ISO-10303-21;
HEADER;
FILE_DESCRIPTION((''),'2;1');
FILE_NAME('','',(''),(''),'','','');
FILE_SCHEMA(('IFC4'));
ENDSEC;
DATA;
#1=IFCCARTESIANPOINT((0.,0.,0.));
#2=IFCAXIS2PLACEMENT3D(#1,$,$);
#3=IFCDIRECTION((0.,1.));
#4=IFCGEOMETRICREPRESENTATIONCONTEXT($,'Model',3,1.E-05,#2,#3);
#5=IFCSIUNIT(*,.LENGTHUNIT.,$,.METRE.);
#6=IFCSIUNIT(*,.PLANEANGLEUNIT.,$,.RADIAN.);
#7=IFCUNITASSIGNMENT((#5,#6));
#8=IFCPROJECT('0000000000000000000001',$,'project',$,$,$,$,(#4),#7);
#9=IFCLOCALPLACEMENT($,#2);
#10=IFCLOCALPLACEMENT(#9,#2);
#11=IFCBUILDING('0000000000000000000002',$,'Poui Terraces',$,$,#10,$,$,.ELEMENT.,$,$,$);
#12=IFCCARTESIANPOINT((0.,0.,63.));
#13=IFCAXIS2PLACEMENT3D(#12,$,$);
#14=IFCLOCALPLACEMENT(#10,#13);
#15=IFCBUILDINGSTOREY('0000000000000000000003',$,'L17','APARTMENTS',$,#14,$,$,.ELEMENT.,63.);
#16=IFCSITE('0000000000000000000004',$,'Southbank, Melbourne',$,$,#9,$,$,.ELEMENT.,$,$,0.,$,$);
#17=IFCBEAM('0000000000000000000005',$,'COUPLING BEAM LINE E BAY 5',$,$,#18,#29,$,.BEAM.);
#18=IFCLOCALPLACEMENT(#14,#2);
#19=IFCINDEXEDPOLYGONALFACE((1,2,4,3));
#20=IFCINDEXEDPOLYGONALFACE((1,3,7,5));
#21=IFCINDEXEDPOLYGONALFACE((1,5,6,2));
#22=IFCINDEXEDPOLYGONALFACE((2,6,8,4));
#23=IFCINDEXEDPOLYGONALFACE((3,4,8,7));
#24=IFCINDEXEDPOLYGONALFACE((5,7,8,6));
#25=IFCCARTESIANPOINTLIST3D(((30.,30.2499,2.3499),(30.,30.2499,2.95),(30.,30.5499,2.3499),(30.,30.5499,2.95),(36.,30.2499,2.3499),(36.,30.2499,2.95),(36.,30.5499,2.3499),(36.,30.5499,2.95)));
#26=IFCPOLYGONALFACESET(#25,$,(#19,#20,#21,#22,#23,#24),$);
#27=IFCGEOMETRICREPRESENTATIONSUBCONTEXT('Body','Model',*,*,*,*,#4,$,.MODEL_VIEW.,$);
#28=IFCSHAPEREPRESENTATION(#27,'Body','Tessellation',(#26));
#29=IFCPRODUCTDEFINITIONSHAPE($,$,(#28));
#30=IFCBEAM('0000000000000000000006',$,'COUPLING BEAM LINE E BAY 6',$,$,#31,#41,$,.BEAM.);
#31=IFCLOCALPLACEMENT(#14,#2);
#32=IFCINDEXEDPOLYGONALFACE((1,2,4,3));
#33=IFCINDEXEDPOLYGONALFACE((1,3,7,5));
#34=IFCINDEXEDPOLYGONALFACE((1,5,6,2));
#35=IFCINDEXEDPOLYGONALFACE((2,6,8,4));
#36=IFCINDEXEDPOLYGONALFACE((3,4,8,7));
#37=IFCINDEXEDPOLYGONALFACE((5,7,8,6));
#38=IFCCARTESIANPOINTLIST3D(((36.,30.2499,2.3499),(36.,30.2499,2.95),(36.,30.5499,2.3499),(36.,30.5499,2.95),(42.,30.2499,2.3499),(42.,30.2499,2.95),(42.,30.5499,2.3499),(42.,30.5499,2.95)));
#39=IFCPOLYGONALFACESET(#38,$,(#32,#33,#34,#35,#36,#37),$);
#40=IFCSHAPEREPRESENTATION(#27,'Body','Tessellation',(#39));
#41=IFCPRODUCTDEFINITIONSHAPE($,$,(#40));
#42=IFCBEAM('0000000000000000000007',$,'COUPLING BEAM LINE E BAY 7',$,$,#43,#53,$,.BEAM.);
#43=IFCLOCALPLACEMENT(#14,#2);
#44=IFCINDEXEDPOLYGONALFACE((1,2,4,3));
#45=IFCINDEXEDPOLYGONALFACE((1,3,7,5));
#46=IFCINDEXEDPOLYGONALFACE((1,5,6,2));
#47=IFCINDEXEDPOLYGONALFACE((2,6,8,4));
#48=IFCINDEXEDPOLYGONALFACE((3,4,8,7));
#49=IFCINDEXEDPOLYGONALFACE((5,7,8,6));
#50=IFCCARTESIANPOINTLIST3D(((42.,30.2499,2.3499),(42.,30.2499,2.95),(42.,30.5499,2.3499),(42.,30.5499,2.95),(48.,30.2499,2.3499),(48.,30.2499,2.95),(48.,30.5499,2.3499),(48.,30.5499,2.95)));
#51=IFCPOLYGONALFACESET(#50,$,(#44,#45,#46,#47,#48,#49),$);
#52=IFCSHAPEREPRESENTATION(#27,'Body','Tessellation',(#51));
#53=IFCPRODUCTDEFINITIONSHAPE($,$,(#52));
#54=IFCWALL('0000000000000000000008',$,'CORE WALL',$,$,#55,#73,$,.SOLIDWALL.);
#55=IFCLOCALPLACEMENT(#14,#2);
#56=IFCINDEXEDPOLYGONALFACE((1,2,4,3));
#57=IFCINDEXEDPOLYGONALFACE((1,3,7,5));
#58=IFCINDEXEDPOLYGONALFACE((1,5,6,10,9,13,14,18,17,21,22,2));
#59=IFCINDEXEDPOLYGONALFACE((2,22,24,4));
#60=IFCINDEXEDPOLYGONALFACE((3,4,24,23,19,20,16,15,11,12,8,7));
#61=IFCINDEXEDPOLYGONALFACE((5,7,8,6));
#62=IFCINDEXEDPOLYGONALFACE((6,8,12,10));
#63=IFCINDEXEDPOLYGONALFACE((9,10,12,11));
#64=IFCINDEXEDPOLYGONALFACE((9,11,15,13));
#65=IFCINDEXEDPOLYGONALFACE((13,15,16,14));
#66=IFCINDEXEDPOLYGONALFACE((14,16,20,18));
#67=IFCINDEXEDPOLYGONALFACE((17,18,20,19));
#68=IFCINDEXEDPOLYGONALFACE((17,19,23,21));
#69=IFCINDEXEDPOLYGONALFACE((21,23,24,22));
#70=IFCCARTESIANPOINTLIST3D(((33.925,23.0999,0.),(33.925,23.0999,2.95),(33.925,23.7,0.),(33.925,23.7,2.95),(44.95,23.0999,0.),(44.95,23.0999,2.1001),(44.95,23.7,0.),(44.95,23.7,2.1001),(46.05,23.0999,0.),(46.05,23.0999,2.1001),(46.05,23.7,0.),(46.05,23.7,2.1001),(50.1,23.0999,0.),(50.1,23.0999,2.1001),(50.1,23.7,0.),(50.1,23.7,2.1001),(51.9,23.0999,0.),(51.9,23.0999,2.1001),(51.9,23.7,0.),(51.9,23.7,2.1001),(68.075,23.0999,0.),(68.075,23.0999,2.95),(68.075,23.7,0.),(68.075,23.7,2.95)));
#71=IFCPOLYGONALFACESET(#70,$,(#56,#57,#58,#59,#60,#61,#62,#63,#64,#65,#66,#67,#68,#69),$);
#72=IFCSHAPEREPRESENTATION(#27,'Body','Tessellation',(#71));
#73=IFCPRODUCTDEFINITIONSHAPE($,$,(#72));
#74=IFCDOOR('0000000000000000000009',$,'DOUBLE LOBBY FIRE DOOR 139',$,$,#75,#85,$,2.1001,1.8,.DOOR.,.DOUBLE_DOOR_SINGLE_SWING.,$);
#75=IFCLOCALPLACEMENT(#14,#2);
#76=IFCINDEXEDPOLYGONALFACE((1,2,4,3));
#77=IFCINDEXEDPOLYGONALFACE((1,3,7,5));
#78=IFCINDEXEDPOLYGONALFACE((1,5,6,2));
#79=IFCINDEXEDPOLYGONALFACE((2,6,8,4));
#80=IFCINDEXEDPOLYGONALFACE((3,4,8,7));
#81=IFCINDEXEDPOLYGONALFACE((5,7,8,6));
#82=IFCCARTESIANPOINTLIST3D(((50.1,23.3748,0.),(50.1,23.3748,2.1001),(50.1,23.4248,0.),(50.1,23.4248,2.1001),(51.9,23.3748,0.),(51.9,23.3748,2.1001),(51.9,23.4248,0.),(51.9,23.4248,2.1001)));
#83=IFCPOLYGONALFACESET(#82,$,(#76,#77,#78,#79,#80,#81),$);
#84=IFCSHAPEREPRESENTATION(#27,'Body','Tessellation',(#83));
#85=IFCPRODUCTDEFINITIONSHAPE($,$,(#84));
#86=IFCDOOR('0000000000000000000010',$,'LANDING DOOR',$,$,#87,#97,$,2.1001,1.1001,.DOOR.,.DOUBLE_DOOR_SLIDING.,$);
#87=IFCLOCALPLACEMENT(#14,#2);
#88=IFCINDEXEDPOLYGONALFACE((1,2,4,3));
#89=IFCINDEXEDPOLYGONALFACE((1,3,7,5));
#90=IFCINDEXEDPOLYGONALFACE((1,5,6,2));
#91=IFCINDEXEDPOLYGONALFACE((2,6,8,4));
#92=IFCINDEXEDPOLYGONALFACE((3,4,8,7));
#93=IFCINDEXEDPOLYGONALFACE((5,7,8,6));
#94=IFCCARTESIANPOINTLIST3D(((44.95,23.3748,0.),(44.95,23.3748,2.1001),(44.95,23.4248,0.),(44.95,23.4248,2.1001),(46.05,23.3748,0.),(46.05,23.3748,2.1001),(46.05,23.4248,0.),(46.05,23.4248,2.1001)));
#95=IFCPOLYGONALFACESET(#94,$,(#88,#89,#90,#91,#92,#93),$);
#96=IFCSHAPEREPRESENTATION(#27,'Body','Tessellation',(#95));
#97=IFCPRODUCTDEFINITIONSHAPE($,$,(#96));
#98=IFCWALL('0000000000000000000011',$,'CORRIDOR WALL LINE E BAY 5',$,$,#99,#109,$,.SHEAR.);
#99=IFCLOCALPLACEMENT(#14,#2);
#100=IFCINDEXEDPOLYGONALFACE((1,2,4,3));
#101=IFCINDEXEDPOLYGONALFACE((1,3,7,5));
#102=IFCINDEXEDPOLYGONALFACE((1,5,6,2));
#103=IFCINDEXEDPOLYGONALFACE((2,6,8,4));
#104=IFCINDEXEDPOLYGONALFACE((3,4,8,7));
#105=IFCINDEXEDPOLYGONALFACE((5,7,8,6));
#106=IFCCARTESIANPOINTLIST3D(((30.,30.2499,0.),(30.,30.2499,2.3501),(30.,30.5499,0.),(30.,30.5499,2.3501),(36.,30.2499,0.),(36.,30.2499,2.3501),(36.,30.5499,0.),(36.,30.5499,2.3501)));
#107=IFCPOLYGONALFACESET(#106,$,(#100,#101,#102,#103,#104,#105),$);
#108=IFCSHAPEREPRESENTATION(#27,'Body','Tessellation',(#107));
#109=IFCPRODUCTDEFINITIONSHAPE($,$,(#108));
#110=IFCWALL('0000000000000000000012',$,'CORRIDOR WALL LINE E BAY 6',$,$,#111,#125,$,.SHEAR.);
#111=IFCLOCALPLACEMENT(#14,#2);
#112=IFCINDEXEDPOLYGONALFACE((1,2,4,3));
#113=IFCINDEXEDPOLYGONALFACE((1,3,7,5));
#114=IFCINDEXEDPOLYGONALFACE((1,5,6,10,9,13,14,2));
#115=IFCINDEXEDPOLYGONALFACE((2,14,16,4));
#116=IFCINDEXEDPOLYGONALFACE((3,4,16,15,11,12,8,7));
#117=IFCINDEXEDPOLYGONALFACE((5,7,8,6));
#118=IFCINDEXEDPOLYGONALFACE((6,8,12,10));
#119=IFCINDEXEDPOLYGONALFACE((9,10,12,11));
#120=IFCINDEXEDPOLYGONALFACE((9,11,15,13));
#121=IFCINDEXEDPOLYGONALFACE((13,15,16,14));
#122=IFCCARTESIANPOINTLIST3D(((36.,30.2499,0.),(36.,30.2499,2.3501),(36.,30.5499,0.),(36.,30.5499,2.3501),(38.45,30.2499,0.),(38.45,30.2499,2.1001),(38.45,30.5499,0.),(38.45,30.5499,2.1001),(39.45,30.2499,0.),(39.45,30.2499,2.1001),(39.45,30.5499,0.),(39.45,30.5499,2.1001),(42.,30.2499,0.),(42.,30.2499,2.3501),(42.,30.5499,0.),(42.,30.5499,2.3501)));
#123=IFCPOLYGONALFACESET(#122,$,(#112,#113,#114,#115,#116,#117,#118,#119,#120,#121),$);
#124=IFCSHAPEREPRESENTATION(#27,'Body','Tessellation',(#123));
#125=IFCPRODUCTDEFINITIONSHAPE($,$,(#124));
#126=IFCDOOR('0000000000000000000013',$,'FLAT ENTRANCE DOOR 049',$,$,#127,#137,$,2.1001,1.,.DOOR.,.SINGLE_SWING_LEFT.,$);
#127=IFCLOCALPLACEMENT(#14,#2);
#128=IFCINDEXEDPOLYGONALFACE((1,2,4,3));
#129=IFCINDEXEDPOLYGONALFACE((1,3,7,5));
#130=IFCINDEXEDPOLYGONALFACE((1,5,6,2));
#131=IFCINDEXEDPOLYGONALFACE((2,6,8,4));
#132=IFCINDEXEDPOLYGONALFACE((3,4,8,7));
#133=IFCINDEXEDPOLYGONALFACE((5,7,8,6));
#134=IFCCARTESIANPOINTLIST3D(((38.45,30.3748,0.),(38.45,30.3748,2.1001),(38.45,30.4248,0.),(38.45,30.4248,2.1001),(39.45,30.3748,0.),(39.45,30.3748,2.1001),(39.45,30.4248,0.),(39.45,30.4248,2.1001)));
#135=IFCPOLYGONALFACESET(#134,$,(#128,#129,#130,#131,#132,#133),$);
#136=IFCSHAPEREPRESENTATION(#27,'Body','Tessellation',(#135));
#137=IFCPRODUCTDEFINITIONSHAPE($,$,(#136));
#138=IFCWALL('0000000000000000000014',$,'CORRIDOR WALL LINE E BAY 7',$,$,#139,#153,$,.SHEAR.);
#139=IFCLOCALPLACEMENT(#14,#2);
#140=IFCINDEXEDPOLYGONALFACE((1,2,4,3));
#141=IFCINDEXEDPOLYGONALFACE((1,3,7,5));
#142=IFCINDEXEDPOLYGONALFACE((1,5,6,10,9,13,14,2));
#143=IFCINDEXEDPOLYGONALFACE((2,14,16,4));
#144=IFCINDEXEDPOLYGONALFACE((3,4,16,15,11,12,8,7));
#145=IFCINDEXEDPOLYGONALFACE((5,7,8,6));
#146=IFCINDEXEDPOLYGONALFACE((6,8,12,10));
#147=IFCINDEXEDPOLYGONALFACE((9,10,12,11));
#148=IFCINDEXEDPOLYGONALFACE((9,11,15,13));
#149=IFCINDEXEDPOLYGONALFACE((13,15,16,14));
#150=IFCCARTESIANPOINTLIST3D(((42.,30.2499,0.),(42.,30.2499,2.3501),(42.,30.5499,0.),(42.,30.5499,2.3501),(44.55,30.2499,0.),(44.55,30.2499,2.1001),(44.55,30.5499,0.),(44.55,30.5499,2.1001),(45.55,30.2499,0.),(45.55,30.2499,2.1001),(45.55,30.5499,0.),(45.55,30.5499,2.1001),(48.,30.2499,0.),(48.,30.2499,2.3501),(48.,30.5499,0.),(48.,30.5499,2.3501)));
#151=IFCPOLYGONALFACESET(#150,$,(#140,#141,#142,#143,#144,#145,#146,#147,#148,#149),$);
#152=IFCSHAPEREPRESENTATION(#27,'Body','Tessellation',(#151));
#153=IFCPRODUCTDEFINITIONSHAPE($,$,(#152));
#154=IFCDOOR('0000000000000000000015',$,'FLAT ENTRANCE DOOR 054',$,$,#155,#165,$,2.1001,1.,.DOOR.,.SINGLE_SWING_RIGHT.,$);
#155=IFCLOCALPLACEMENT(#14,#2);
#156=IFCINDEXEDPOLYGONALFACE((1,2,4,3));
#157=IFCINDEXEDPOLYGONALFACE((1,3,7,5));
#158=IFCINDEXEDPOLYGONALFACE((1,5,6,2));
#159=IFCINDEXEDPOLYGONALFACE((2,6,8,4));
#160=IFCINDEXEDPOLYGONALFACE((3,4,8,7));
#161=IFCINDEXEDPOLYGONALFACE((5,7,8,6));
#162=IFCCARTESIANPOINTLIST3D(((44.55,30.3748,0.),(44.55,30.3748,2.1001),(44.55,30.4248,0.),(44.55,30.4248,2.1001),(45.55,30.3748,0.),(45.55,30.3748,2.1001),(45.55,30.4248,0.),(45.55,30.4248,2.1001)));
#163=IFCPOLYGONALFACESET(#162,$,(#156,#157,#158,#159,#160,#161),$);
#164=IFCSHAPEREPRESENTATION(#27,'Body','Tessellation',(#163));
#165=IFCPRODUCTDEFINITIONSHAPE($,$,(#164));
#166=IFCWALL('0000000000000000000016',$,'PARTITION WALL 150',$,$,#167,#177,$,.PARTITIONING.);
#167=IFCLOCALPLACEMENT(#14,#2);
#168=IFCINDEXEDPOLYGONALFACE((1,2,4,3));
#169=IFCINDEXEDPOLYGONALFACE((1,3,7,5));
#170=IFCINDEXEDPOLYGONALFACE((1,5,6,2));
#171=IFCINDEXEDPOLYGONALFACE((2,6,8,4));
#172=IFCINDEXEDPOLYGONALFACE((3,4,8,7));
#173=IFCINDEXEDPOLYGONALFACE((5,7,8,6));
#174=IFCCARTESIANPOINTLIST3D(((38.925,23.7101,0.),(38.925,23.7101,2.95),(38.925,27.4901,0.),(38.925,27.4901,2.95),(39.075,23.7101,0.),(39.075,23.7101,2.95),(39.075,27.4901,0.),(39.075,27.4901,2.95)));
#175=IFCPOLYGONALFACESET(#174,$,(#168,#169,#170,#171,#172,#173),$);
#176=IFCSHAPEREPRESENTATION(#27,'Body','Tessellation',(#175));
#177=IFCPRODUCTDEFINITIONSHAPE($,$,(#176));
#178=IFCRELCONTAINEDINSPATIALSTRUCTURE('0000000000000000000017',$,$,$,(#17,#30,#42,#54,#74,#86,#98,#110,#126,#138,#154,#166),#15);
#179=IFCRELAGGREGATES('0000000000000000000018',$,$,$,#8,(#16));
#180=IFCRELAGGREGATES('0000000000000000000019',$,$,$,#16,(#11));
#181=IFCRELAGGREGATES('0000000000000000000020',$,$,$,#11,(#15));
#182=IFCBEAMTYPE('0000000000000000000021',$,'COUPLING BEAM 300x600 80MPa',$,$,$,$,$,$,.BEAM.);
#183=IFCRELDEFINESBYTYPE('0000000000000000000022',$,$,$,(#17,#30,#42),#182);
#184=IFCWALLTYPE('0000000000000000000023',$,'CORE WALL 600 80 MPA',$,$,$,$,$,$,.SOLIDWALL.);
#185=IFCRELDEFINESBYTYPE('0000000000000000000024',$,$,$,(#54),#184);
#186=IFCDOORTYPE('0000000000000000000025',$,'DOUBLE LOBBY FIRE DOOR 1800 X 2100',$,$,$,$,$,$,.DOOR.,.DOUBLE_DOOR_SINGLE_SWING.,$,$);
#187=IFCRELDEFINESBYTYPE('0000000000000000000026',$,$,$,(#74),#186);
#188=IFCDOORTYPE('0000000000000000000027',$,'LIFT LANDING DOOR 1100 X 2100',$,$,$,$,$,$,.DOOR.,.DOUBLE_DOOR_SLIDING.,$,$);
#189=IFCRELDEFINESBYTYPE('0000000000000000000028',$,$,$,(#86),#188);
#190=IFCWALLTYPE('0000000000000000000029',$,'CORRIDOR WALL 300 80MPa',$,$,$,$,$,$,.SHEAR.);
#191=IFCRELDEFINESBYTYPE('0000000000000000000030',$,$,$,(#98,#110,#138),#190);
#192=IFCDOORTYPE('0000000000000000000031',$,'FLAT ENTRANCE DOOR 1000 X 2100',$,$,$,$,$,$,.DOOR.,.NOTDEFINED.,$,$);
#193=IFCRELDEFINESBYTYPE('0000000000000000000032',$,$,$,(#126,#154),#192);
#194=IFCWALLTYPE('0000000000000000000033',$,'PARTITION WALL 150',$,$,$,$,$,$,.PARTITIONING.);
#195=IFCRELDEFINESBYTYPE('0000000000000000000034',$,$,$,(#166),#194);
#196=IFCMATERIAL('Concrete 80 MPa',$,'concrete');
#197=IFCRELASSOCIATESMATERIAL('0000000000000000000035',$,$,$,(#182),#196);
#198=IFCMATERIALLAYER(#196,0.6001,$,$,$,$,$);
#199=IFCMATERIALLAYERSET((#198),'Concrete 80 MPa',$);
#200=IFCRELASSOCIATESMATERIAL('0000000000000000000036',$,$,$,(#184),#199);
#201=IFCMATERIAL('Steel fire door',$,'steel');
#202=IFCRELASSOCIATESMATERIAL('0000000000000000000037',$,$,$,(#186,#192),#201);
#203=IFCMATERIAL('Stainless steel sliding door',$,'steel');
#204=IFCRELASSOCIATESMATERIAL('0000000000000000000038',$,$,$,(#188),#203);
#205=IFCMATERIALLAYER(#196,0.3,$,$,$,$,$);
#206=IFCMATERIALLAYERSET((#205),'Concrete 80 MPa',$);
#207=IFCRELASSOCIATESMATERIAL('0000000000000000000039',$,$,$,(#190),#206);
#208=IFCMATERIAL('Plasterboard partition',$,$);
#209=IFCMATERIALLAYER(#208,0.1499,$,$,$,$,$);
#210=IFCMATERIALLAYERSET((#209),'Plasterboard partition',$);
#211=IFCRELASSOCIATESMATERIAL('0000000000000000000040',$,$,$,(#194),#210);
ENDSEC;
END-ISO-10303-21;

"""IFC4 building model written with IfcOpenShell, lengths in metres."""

from ifc_helpers import new_model, si_unit, direction, frame, frame_2d, origin, origin_2d, place, context, subcontext, project, spatial, rectangle, extrude, source, transform, mapped, material, layer, layer_set, material_profile, profile_set, type_object, element, fill, save


model = new_model("IFC4")

# Units and contexts
model_context = context("Model", 3, precision=1e-05, world=origin(), true_north=direction((0.0, 1.0)))
body_context = subcontext(model_context, "Body", "Model", "MODEL_VIEW")
ifc_project = project(units=[si_unit("LENGTHUNIT", "METRE"), si_unit("PLANEANGLEUNIT", "RADIAN")], contexts=[model_context])

# Site, building, storey
site_placement = place(None, origin())
site = spatial("IfcSite", under=ifc_project, at=site_placement, Name="Southbank, Melbourne", CompositionType="ELEMENT", RefElevation=0.0)
building_placement = place(site_placement, origin())
building = spatial("IfcBuilding", under=site, at=building_placement, Name="Poui Terraces", CompositionType="ELEMENT")
storey_placement = place(building_placement, frame((0.0, 0.0, 63.0)))
storey = spatial("IfcBuildingStorey", under=building, at=storey_placement, Name="L17", Description="APARTMENTS", CompositionType="ELEMENT", Elevation=63.0)

# Beams
ifc_material_1 = material(Name="Concrete 80 MPa", Category="concrete")
ifc_material_profile = material_profile(ifc_material_1, rectangle(XDim=0.3, YDim=0.6001, at=origin_2d()), Name="RC 300x600")
ifc_profile_set = profile_set([ifc_material_profile], Name="Concrete 80 MPa")
beam_type = type_object("IfcBeamType", Name="COUPLING BEAM 300x600 80MPa", PredefinedType="BEAM", material=ifc_profile_set)
shared_shape = source(origin(), body_context, "Body", "SweptSolid", [
    extrude(rectangle(XDim=0.3, YDim=0.6001, at=origin_2d()), origin(), (0.0, 0.0, 1.0), 6.0),
])
for number, where, z_axis, x_axis, name in (
    (1, (30.0, 30.3999, 2.6499), (1.0, 0.0, 0.0), (0.0, 1.0, 0.0), "COUPLING BEAM LINE E BAY 5"),
    (2, (36.0, 30.3999, 2.6499), (1.0, 0.0, 0.0), (0.0, 1.0, 0.0), "COUPLING BEAM LINE E BAY 6"),
    (3, (42.0, 30.3999, 2.6499), (1.0, 0.0, 0.0), (0.0, 1.0, 0.0), "COUPLING BEAM LINE E BAY 7"),
):
    element("IfcBeam", number, at=place(storey_placement, frame(where, z_axis=z_axis, x_axis=x_axis)), inside=storey, type_object=beam_type, Name=name, PredefinedType="BEAM", context=body_context, shape_type="MappedRepresentation", body=[
        mapped(shared_shape, transform((0.0, 0.0, 0.0))),
    ])

# Wall, openings, doors
ifc_layer_1 = layer(ifc_material_1, 0.6001)
ifc_layer_set_1 = layer_set([ifc_layer_1], Name="Concrete 80 MPa")
wall_type_1 = type_object("IfcWallType", Name="CORE WALL 600 80 MPA", PredefinedType="SOLIDWALL", material=ifc_layer_set_1)
wall_1_placement = place(storey_placement, frame((33.925, 23.3999, 0.0), z_axis=(0.0, 0.0, 1.0), x_axis=(1.0, 0.0, 0.0)))
wall_1 = element("IfcWall", 4, at=wall_1_placement, inside=storey, type_object=wall_type_1, Name="CORE WALL", PredefinedType="SOLIDWALL", context=body_context, shape_type="SweptSolid", body=[
    extrude(rectangle(XDim=34.1499, YDim=0.6001, at=frame_2d((17.075, 0.0))), origin(), (0.0, 0.0, 1.0), 2.95),
])
opening_1_placement = place(wall_1_placement, frame((16.175, 0.0, 0.0)))
opening_1 = element("IfcOpeningElement", 5, at=opening_1_placement, cuts=wall_1, PredefinedType="OPENING", context=body_context, shape_type="SweptSolid", body=[
    extrude(rectangle(XDim=1.8, YDim=2.1001, at=frame_2d((0.8999, 1.05))), frame((0.0, 0.3101, 0.0), z_axis=(0.0, -1.0, 0.0), x_axis=(1.0, 0.0, 0.0)), (0.0, 0.0, 1.0), 0.6201),
])
opening_2_placement = place(wall_1_placement, frame((11.0249, 0.0, 0.0)))
opening_2 = element("IfcOpeningElement", 6, at=opening_2_placement, cuts=wall_1, PredefinedType="OPENING", context=body_context, shape_type="SweptSolid", body=[
    extrude(rectangle(XDim=1.1001, YDim=2.1001, at=frame_2d((0.55, 1.05))), frame((0.0, 0.3101, 0.0), z_axis=(0.0, -1.0, 0.0), x_axis=(1.0, 0.0, 0.0)), (0.0, 0.0, 1.0), 0.6201),
])
ifc_material_2 = material(Name="Steel fire door", Category="steel")
door_type_1 = type_object("IfcDoorType", Name="DOUBLE LOBBY FIRE DOOR 1800 X 2100", OperationType="DOUBLE_DOOR_SINGLE_SWING", PredefinedType="DOOR", material=ifc_material_2)
door_1_placement = place(opening_1_placement, origin())
door_1 = element("IfcDoor", 7, at=door_1_placement, inside=storey, type_object=door_type_1, Name="DOUBLE LOBBY FIRE DOOR 139", OperationType="DOUBLE_DOOR_SINGLE_SWING", OverallHeight=2.1001, OverallWidth=1.8, PredefinedType="DOOR", context=body_context, shape_type="SweptSolid", body=[
    extrude(rectangle(XDim=1.8, YDim=2.1001, at=frame_2d((0.8999, 1.05))), frame((0.0, 0.0249, 0.0), z_axis=(0.0, -1.0, 0.0), x_axis=(1.0, 0.0, 0.0)), (0.0, 0.0, 1.0), 0.05),
])
fill(opening_1, door_1)
ifc_material_3 = material(Name="Stainless steel sliding door", Category="steel")
door_type_2 = type_object("IfcDoorType", Name="LIFT LANDING DOOR 1100 X 2100", OperationType="DOUBLE_DOOR_SLIDING", PredefinedType="DOOR", material=ifc_material_3)
door_2_placement = place(opening_2_placement, origin())
door_2 = element("IfcDoor", 8, at=door_2_placement, inside=storey, type_object=door_type_2, Name="LANDING DOOR", OperationType="DOUBLE_DOOR_SLIDING", OverallHeight=2.1001, OverallWidth=1.1001, PredefinedType="DOOR", context=body_context, shape_type="SweptSolid", body=[
    extrude(rectangle(XDim=1.1001, YDim=2.1001, at=frame_2d((0.55, 1.05))), frame((0.0, 0.0249, 0.0), z_axis=(0.0, -1.0, 0.0), x_axis=(1.0, 0.0, 0.0)), (0.0, 0.0, 1.0), 0.05),
])
fill(opening_2, door_2)

# Wall
ifc_layer_2 = layer(ifc_material_1, 0.3)
ifc_layer_set_2 = layer_set([ifc_layer_2], Name="Concrete 80 MPa")
wall_type_2 = type_object("IfcWallType", Name="CORRIDOR WALL 300 80MPa", PredefinedType="SHEAR", material=ifc_layer_set_2)
wall_2_placement = place(storey_placement, frame((30.0, 30.3999, 0.0), z_axis=(0.0, 0.0, 1.0), x_axis=(1.0, 0.0, 0.0)))
element("IfcWall", 9, at=wall_2_placement, inside=storey, type_object=wall_type_2, Name="CORRIDOR WALL LINE E BAY 5", PredefinedType="SHEAR", context=body_context, shape_type="SweptSolid", body=[
    extrude(rectangle(XDim=6.0, YDim=0.3, at=frame_2d((3.0, 0.0))), origin(), (0.0, 0.0, 1.0), 2.3501),
])

# Walls, openings, doors
wall_3_placement = place(storey_placement, frame((36.0, 30.3999, 0.0), z_axis=(0.0, 0.0, 1.0), x_axis=(1.0, 0.0, 0.0)))
wall_3 = element("IfcWall", 10, at=wall_3_placement, inside=storey, type_object=wall_type_2, Name="CORRIDOR WALL LINE E BAY 6", PredefinedType="SHEAR", context=body_context, shape_type="SweptSolid", body=[
    extrude(rectangle(XDim=6.0, YDim=0.3, at=frame_2d((3.0, 0.0))), origin(), (0.0, 0.0, 1.0), 2.3501),
])
opening_3_placement = place(wall_3_placement, frame((2.45, 0.0, 0.0)))
opening_3 = element("IfcOpeningElement", 11, at=opening_3_placement, cuts=wall_3, PredefinedType="OPENING", context=body_context, shape_type="SweptSolid", body=[
    extrude(rectangle(XDim=1.0, YDim=2.1001, at=frame_2d((0.5, 1.05))), frame((0.0, 0.1602, 0.0), z_axis=(0.0, -1.0, 0.0), x_axis=(1.0, 0.0, 0.0)), (0.0, 0.0, 1.0), 0.3201),
])
door_type_3 = type_object("IfcDoorType", Name="FLAT ENTRANCE DOOR 1000 X 2100", OperationType="NOTDEFINED", PredefinedType="DOOR", material=ifc_material_2)
door_3_placement = place(opening_3_placement, origin())
door_3 = element("IfcDoor", 12, at=door_3_placement, inside=storey, type_object=door_type_3, Name="FLAT ENTRANCE DOOR 049", OperationType="SINGLE_SWING_LEFT", OverallHeight=2.1001, OverallWidth=1.0, PredefinedType="DOOR", context=body_context, shape_type="SweptSolid", body=[
    extrude(rectangle(XDim=1.0, YDim=2.1001, at=frame_2d((0.5, 1.05))), frame((0.0, 0.0249, 0.0), z_axis=(0.0, -1.0, 0.0), x_axis=(1.0, 0.0, 0.0)), (0.0, 0.0, 1.0), 0.05),
])
fill(opening_3, door_3)
wall_4_placement = place(storey_placement, frame((42.0, 30.3999, 0.0), z_axis=(0.0, 0.0, 1.0), x_axis=(1.0, 0.0, 0.0)))
wall_4 = element("IfcWall", 13, at=wall_4_placement, inside=storey, type_object=wall_type_2, Name="CORRIDOR WALL LINE E BAY 7", PredefinedType="SHEAR", context=body_context, shape_type="SweptSolid", body=[
    extrude(rectangle(XDim=6.0, YDim=0.3, at=frame_2d((3.0, 0.0))), origin(), (0.0, 0.0, 1.0), 2.3501),
])
opening_4_placement = place(wall_4_placement, frame((2.55, 0.0, 0.0)))
opening_4 = element("IfcOpeningElement", 14, at=opening_4_placement, cuts=wall_4, PredefinedType="OPENING", context=body_context, shape_type="SweptSolid", body=[
    extrude(rectangle(XDim=1.0, YDim=2.1001, at=frame_2d((0.5, 1.05))), frame((0.0, 0.1602, 0.0), z_axis=(0.0, -1.0, 0.0), x_axis=(1.0, 0.0, 0.0)), (0.0, 0.0, 1.0), 0.3201),
])
door_4_placement = place(opening_4_placement, origin())
door_4 = element("IfcDoor", 15, at=door_4_placement, inside=storey, type_object=door_type_3, Name="FLAT ENTRANCE DOOR 054", OperationType="SINGLE_SWING_RIGHT", OverallHeight=2.1001, OverallWidth=1.0, PredefinedType="DOOR", context=body_context, shape_type="SweptSolid", body=[
    extrude(rectangle(XDim=1.0, YDim=2.1001, at=frame_2d((0.5, 1.05))), frame((0.0, 0.0249, 0.0), z_axis=(0.0, -1.0, 0.0), x_axis=(1.0, 0.0, 0.0)), (0.0, 0.0, 1.0), 0.05),
])
fill(opening_4, door_4)

# Wall
ifc_material_4 = material(Name="Plasterboard partition")
ifc_layer_3 = layer(ifc_material_4, 0.1499)
ifc_layer_set_3 = layer_set([ifc_layer_3], Name="Plasterboard partition")
wall_type_3 = type_object("IfcWallType", Name="PARTITION WALL 150", PredefinedType="PARTITIONING", material=ifc_layer_set_3)
wall_5_placement = place(storey_placement, frame((39.0, 23.71, 0.0), z_axis=(0.0, 0.0, 1.0), x_axis=(0.0, 1.0, 0.0)))
element("IfcWall", 16, at=wall_5_placement, inside=storey, type_object=wall_type_3, Name="PARTITION WALL 150", PredefinedType="PARTITIONING", context=body_context, shape_type="SweptSolid", body=[
    extrude(rectangle(XDim=3.78, YDim=0.1499, at=frame_2d((1.8901, 0.0))), origin(), (0.0, 0.0, 1.0), 2.95),
])

save(model, "model.ifc")
